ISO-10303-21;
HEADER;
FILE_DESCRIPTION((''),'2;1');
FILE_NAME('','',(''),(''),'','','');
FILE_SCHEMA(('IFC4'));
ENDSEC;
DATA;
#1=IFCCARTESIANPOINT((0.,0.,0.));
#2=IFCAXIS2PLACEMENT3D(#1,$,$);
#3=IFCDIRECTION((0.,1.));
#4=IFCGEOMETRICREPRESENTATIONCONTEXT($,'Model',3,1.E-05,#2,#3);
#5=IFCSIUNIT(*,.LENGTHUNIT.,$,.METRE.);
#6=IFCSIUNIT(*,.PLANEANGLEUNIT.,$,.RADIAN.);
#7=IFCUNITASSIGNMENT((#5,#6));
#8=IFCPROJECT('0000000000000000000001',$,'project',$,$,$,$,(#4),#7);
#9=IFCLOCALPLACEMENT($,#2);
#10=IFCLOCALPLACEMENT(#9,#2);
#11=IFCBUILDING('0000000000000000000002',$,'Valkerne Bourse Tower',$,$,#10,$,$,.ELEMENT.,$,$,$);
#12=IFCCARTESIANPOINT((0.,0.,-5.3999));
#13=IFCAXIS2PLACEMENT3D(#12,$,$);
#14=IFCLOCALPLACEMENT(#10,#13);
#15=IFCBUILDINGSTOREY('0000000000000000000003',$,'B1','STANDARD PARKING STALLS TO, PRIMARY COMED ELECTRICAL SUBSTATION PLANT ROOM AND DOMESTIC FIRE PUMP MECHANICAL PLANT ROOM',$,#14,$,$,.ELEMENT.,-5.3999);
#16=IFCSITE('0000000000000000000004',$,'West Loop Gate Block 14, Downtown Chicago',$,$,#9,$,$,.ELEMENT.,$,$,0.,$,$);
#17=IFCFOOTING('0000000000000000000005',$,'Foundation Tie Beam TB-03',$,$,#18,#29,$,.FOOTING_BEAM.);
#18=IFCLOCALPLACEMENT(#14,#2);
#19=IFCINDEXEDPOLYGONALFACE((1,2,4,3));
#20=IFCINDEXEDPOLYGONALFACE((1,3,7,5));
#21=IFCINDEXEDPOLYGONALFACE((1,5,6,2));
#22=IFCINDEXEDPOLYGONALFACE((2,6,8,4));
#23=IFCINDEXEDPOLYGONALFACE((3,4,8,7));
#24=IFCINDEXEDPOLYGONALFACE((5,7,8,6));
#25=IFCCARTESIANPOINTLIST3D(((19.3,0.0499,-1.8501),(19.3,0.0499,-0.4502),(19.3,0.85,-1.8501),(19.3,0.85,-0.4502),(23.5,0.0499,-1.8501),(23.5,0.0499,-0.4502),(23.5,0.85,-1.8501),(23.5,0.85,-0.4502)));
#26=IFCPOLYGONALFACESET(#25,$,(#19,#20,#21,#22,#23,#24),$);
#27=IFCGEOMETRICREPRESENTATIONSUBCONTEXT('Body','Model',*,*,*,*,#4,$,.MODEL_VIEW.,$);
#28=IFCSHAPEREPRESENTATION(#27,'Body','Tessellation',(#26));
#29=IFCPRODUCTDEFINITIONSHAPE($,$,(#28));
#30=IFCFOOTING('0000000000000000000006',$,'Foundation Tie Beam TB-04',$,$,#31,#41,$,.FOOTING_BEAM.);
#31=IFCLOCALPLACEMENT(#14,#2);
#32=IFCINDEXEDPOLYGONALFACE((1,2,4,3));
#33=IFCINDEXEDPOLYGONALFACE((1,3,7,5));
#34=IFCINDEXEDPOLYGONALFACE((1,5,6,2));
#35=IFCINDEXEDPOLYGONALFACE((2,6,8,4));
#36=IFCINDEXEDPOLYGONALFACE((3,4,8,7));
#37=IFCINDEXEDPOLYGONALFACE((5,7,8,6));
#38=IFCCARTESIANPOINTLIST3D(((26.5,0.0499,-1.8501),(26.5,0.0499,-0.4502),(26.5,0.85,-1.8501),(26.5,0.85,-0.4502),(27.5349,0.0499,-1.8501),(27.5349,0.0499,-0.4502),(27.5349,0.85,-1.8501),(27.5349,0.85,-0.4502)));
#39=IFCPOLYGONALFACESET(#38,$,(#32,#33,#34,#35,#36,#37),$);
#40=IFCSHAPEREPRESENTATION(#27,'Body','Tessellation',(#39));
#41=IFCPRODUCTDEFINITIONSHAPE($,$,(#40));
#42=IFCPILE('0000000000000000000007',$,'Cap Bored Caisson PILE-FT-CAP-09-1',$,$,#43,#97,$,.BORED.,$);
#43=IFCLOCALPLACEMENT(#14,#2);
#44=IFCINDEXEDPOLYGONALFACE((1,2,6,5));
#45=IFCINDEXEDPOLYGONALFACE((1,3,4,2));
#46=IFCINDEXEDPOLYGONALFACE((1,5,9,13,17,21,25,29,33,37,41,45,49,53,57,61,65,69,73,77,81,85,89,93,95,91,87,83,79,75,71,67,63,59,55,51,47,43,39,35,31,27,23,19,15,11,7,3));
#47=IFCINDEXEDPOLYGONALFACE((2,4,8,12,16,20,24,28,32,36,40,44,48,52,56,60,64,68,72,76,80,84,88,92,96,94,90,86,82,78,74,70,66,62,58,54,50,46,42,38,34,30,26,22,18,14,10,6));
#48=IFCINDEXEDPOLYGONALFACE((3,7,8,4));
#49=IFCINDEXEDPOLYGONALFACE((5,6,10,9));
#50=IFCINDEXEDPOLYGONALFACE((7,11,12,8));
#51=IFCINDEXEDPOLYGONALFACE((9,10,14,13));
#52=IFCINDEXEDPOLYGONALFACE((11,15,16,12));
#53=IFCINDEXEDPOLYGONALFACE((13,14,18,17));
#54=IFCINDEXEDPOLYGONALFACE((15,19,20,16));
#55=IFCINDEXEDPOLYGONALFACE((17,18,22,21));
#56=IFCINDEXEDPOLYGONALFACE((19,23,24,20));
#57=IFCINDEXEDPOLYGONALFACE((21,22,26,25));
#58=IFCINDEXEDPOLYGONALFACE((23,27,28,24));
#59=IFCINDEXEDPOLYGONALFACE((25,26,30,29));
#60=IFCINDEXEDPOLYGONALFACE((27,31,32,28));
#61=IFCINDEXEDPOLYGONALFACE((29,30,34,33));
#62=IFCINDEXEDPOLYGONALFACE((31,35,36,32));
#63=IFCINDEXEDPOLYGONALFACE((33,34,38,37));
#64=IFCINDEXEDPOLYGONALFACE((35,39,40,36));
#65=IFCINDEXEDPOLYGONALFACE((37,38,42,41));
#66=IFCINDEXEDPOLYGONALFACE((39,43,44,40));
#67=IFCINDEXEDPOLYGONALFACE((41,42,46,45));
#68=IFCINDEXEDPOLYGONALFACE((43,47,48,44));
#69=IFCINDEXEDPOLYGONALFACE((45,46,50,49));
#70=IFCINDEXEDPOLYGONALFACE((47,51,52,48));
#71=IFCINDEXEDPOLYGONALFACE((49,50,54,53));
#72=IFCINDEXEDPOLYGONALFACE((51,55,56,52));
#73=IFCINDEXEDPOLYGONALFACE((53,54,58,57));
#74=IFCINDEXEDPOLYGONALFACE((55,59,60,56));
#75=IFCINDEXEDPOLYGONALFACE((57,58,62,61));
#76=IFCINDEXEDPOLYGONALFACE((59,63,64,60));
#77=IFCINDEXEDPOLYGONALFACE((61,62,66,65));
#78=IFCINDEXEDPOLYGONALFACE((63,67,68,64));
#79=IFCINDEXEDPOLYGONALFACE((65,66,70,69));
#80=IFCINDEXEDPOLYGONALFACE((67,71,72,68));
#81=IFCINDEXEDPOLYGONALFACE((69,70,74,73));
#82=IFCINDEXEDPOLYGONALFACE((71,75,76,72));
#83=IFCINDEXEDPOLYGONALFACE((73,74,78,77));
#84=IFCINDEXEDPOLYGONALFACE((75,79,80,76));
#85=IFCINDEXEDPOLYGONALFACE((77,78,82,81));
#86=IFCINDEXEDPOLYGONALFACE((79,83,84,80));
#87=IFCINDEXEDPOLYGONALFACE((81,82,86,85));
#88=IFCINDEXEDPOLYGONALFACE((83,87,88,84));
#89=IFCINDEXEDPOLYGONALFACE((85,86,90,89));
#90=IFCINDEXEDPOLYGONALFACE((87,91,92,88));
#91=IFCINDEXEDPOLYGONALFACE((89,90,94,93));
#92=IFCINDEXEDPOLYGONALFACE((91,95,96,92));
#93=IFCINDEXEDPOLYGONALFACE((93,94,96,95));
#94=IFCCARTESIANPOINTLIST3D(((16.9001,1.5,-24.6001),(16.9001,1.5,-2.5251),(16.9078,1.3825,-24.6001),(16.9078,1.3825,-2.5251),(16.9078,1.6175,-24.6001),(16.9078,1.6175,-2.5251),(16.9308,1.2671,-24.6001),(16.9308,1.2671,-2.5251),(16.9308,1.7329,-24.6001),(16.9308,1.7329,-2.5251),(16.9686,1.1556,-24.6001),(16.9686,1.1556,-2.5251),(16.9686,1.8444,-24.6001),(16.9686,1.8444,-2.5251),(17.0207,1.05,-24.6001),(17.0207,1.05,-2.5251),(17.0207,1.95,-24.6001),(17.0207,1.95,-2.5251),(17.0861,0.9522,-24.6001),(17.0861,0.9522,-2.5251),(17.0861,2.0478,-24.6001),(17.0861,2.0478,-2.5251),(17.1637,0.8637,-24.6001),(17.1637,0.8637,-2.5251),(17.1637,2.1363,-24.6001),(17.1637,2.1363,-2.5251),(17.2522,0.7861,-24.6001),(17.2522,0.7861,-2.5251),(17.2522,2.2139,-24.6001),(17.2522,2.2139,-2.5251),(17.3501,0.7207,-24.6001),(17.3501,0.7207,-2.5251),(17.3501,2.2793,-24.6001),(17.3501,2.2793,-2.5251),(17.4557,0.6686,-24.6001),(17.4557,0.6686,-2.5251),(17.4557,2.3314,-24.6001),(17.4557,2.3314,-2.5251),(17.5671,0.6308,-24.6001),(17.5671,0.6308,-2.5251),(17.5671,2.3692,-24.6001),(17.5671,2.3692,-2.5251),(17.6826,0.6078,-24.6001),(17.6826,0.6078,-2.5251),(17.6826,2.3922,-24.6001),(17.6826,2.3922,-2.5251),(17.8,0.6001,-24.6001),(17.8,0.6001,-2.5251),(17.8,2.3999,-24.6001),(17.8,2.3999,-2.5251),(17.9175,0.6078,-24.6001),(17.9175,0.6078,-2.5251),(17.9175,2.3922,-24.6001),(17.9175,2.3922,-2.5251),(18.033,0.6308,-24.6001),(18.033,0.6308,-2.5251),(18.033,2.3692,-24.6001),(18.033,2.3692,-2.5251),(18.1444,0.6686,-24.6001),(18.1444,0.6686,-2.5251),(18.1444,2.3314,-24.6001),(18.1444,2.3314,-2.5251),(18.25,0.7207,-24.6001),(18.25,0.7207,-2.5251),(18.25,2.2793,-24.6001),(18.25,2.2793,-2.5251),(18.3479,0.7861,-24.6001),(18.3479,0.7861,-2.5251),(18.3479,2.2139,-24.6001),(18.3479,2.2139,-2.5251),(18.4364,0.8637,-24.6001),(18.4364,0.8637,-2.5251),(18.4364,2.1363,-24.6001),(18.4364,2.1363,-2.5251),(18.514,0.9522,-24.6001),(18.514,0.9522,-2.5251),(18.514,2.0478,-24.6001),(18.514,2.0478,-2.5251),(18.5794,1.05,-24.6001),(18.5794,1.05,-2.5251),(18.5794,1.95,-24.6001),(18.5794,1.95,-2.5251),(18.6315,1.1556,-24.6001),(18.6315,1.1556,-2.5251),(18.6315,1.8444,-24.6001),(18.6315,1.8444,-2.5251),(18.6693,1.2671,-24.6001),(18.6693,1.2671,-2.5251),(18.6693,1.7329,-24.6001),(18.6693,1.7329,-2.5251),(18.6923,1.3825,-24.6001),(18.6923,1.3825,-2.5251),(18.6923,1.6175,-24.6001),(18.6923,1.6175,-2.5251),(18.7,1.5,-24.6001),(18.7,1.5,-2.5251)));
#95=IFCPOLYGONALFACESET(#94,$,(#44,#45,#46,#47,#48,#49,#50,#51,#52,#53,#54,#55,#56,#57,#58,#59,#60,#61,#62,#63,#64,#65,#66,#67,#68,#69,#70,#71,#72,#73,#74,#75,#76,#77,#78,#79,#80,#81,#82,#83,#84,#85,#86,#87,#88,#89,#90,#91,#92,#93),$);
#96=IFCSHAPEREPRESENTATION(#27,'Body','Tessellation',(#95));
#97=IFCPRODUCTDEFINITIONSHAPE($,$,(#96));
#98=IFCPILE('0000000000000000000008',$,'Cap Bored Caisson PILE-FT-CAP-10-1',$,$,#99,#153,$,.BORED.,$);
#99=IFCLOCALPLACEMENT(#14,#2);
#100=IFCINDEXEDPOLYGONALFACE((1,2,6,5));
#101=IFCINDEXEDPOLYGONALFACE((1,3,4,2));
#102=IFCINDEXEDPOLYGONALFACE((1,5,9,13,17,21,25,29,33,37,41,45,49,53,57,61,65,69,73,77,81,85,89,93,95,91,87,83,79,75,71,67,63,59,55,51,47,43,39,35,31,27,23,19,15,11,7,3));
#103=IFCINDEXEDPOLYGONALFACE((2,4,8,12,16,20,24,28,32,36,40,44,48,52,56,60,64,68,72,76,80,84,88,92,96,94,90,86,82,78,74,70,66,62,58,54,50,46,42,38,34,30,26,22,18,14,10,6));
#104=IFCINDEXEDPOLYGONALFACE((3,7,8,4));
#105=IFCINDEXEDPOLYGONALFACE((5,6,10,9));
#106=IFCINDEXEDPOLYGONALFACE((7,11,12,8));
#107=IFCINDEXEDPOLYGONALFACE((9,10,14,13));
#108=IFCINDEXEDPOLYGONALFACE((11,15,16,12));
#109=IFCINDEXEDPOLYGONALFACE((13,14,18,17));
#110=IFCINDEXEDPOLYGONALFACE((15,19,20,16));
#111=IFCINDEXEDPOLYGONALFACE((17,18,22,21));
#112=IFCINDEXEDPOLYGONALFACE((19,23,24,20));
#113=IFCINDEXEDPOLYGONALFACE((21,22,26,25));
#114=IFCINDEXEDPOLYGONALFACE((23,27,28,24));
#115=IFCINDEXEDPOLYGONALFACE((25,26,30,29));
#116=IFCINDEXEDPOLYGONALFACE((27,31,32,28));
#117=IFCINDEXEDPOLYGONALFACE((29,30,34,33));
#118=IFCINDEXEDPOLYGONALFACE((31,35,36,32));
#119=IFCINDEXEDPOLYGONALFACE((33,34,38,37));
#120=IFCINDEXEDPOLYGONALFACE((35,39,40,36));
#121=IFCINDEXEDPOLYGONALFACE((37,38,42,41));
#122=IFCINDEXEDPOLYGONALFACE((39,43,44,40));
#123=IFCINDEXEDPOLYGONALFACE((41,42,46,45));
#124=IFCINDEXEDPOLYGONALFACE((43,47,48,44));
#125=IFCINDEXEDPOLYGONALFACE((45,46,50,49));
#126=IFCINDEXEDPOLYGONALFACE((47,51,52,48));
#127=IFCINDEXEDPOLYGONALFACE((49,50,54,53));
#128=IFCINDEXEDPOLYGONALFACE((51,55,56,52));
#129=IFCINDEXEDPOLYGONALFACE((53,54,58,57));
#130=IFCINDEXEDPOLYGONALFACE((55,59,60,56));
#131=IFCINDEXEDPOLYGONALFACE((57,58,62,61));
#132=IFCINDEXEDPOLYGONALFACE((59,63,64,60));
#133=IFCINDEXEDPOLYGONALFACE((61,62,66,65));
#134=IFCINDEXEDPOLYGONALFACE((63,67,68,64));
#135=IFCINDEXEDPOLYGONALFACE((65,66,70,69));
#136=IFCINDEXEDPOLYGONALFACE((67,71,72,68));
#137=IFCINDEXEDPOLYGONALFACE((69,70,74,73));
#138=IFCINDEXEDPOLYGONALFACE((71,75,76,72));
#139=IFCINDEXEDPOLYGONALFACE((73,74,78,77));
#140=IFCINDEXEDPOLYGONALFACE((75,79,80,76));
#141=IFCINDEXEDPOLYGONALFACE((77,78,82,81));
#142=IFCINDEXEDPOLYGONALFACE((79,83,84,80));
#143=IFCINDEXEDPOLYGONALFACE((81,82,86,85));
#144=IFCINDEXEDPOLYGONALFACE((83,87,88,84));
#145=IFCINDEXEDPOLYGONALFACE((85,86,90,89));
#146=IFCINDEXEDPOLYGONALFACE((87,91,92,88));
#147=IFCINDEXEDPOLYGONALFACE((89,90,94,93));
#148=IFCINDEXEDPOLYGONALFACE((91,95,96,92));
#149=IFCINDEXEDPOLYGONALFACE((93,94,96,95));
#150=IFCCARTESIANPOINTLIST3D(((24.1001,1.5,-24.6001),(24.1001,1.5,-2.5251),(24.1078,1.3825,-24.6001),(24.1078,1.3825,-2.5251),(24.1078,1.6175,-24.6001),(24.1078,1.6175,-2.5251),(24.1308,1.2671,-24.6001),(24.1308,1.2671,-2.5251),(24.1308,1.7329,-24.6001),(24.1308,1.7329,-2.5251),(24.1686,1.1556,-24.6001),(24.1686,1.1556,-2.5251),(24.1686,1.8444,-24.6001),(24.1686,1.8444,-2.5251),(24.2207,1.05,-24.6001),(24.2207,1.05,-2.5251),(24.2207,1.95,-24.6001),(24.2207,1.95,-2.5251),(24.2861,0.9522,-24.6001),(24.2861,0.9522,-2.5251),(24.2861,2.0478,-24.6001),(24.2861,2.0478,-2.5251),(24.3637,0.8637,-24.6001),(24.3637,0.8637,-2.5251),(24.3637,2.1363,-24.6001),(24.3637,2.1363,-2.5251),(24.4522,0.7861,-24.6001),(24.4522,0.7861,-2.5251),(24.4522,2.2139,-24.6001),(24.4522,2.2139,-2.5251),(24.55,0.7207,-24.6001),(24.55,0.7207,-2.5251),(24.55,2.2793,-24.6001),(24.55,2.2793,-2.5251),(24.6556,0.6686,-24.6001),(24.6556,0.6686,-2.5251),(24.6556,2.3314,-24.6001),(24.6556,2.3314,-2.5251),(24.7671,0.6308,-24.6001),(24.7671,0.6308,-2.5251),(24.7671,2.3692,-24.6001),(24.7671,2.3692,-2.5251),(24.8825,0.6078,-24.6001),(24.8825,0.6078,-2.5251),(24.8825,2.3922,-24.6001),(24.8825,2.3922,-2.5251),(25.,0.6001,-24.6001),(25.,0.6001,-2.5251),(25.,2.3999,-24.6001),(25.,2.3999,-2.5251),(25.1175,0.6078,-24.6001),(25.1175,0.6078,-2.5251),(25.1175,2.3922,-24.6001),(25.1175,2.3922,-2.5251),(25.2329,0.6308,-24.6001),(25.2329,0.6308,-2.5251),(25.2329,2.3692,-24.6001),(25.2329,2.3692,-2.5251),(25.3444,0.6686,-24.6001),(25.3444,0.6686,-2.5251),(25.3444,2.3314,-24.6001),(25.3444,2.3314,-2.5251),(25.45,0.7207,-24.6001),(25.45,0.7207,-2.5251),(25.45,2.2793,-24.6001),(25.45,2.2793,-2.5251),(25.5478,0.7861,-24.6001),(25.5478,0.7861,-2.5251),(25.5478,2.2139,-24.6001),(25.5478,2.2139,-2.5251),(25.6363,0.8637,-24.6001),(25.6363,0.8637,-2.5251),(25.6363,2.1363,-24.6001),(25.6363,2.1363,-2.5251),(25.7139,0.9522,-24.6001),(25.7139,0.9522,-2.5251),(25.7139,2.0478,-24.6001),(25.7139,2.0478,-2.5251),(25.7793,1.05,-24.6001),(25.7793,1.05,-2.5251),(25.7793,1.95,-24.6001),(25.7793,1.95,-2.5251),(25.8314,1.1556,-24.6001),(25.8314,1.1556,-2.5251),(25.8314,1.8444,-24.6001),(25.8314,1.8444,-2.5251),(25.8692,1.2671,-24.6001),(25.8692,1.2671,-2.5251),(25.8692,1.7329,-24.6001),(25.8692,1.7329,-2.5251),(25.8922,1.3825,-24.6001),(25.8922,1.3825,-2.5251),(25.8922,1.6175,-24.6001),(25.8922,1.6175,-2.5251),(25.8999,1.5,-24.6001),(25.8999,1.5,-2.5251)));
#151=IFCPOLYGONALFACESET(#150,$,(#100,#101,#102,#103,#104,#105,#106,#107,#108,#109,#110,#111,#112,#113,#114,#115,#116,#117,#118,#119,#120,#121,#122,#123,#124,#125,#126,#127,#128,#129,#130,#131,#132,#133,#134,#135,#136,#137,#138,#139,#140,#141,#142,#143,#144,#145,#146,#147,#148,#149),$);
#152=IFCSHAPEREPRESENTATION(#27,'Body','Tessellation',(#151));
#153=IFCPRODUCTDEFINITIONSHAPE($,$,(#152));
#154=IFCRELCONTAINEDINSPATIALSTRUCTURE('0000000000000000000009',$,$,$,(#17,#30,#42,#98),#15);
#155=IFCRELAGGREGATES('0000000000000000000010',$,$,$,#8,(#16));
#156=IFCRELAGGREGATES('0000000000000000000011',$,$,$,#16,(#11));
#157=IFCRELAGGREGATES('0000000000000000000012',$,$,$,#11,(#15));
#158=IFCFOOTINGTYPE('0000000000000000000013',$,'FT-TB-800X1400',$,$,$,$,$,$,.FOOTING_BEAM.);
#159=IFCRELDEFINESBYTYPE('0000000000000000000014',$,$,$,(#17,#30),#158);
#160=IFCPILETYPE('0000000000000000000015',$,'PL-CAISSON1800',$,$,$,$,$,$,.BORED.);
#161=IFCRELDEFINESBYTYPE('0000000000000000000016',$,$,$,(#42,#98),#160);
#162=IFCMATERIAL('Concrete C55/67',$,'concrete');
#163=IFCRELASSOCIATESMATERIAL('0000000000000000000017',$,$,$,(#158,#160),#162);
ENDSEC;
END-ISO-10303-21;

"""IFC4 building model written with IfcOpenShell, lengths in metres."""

from ifc_helpers import new_model, si_unit, direction, frame, origin, origin_2d, place, context, subcontext, project, spatial, rectangle, circle, extrude, material, material_profile, profile_set, type_object, element, save


model = new_model("IFC4")

# Units and contexts
model_context = context("Model", 3, precision=1e-05, world=origin(), true_north=direction((0.0, 1.0)))
body_context = subcontext(model_context, "Body", "Model", "MODEL_VIEW")
ifc_project = project(units=[si_unit("LENGTHUNIT", "METRE"), si_unit("PLANEANGLEUNIT", "RADIAN")], contexts=[model_context])

# Site, building, storey
site_placement = place(None, origin())
site = spatial("IfcSite", under=ifc_project, at=site_placement, Name="West Loop Gate Block 14, Downtown Chicago", CompositionType="ELEMENT", RefElevation=0.0)
building_placement = place(site_placement, origin())
building = spatial("IfcBuilding", under=site, at=building_placement, Name="Valkerne Bourse Tower", CompositionType="ELEMENT")
storey_placement = place(building_placement, frame((0.0, 0.0, -5.3999)))
storey = spatial("IfcBuildingStorey", under=building, at=storey_placement, Name="B1", Description="STANDARD PARKING STALLS TO, PRIMARY COMED ELECTRICAL SUBSTATION PLANT ROOM AND DOMESTIC FIRE PUMP MECHANICAL PLANT ROOM", CompositionType="ELEMENT", Elevation=-5.3999)

# Footings
ifc_material_1 = material(Name="Concrete C55/67", Category="concrete")
ifc_material_profile_1 = material_profile(ifc_material_1, rectangle(XDim=0.8, YDim=1.3999, at=origin_2d()), Name="RC800X1400")
ifc_profile_set_1 = profile_set([ifc_material_profile_1], Name="Concrete C55/67")
footing_type = type_object("IfcFootingType", Name="FT-TB-800X1400", PredefinedType="FOOTING_BEAM", material=ifc_profile_set_1)
footing_1_placement = place(storey_placement, frame((19.3, 0.45, -1.1501), z_axis=(1.0, 0.0, 0.0), x_axis=(0.0, 1.0, 0.0)))
element("IfcFooting", 1, at=footing_1_placement, inside=storey, type_object=footing_type, Name="Foundation Tie Beam TB-03", PredefinedType="FOOTING_BEAM", context=body_context, shape_type="SweptSolid", body=[
    extrude(rectangle(XDim=0.8, YDim=1.3999, at=origin_2d()), origin(), (0.0, 0.0, 1.0), 4.2),
])
footing_2_placement = place(storey_placement, frame((26.5, 0.45, -1.1501), z_axis=(1.0, 0.0, 0.0), x_axis=(0.0, 1.0, 0.0)))
element("IfcFooting", 2, at=footing_2_placement, inside=storey, type_object=footing_type, Name="Foundation Tie Beam TB-04", PredefinedType="FOOTING_BEAM", context=body_context, shape_type="SweptSolid", body=[
    extrude(rectangle(XDim=0.8, YDim=1.3999, at=origin_2d()), origin(), (0.0, 0.0, 1.0), 1.0349),
])

# Piles
ifc_material_profile_2 = material_profile(ifc_material_1, circle(Radius=0.8999, at=origin_2d()), Name="CAISSON1800")
ifc_profile_set_2 = profile_set([ifc_material_profile_2], Name="Concrete C55/67")
pile_type_1 = type_object("IfcPileType", Name="PL-CAISSON1800", PredefinedType="BORED", material=ifc_profile_set_2)
for number, where, z_axis, x_axis, name in (
    (3, (17.8, 1.5, -2.5251), (0.0, 0.0, -1.0), (1.0, 0.0, 0.0), "Cap Bored Caisson PILE-FT-CAP-09-1"),
    (4, (25.0, 1.5, -2.5251), (0.0, 0.0, -1.0), (1.0, 0.0, 0.0), "Cap Bored Caisson PILE-FT-CAP-10-1"),
):
    element("IfcPile", number, at=place(storey_placement, frame(where, z_axis=z_axis, x_axis=x_axis)), inside=storey, type_object=pile_type_1, Name=name, PredefinedType="BORED", context=body_context, shape_type="SweptSolid", body=[
        extrude(circle(Radius=0.8999, at=origin_2d()), origin(), (0.0, 0.0, 1.0), 22.075),
    ])

save(model, "model.ifc")
